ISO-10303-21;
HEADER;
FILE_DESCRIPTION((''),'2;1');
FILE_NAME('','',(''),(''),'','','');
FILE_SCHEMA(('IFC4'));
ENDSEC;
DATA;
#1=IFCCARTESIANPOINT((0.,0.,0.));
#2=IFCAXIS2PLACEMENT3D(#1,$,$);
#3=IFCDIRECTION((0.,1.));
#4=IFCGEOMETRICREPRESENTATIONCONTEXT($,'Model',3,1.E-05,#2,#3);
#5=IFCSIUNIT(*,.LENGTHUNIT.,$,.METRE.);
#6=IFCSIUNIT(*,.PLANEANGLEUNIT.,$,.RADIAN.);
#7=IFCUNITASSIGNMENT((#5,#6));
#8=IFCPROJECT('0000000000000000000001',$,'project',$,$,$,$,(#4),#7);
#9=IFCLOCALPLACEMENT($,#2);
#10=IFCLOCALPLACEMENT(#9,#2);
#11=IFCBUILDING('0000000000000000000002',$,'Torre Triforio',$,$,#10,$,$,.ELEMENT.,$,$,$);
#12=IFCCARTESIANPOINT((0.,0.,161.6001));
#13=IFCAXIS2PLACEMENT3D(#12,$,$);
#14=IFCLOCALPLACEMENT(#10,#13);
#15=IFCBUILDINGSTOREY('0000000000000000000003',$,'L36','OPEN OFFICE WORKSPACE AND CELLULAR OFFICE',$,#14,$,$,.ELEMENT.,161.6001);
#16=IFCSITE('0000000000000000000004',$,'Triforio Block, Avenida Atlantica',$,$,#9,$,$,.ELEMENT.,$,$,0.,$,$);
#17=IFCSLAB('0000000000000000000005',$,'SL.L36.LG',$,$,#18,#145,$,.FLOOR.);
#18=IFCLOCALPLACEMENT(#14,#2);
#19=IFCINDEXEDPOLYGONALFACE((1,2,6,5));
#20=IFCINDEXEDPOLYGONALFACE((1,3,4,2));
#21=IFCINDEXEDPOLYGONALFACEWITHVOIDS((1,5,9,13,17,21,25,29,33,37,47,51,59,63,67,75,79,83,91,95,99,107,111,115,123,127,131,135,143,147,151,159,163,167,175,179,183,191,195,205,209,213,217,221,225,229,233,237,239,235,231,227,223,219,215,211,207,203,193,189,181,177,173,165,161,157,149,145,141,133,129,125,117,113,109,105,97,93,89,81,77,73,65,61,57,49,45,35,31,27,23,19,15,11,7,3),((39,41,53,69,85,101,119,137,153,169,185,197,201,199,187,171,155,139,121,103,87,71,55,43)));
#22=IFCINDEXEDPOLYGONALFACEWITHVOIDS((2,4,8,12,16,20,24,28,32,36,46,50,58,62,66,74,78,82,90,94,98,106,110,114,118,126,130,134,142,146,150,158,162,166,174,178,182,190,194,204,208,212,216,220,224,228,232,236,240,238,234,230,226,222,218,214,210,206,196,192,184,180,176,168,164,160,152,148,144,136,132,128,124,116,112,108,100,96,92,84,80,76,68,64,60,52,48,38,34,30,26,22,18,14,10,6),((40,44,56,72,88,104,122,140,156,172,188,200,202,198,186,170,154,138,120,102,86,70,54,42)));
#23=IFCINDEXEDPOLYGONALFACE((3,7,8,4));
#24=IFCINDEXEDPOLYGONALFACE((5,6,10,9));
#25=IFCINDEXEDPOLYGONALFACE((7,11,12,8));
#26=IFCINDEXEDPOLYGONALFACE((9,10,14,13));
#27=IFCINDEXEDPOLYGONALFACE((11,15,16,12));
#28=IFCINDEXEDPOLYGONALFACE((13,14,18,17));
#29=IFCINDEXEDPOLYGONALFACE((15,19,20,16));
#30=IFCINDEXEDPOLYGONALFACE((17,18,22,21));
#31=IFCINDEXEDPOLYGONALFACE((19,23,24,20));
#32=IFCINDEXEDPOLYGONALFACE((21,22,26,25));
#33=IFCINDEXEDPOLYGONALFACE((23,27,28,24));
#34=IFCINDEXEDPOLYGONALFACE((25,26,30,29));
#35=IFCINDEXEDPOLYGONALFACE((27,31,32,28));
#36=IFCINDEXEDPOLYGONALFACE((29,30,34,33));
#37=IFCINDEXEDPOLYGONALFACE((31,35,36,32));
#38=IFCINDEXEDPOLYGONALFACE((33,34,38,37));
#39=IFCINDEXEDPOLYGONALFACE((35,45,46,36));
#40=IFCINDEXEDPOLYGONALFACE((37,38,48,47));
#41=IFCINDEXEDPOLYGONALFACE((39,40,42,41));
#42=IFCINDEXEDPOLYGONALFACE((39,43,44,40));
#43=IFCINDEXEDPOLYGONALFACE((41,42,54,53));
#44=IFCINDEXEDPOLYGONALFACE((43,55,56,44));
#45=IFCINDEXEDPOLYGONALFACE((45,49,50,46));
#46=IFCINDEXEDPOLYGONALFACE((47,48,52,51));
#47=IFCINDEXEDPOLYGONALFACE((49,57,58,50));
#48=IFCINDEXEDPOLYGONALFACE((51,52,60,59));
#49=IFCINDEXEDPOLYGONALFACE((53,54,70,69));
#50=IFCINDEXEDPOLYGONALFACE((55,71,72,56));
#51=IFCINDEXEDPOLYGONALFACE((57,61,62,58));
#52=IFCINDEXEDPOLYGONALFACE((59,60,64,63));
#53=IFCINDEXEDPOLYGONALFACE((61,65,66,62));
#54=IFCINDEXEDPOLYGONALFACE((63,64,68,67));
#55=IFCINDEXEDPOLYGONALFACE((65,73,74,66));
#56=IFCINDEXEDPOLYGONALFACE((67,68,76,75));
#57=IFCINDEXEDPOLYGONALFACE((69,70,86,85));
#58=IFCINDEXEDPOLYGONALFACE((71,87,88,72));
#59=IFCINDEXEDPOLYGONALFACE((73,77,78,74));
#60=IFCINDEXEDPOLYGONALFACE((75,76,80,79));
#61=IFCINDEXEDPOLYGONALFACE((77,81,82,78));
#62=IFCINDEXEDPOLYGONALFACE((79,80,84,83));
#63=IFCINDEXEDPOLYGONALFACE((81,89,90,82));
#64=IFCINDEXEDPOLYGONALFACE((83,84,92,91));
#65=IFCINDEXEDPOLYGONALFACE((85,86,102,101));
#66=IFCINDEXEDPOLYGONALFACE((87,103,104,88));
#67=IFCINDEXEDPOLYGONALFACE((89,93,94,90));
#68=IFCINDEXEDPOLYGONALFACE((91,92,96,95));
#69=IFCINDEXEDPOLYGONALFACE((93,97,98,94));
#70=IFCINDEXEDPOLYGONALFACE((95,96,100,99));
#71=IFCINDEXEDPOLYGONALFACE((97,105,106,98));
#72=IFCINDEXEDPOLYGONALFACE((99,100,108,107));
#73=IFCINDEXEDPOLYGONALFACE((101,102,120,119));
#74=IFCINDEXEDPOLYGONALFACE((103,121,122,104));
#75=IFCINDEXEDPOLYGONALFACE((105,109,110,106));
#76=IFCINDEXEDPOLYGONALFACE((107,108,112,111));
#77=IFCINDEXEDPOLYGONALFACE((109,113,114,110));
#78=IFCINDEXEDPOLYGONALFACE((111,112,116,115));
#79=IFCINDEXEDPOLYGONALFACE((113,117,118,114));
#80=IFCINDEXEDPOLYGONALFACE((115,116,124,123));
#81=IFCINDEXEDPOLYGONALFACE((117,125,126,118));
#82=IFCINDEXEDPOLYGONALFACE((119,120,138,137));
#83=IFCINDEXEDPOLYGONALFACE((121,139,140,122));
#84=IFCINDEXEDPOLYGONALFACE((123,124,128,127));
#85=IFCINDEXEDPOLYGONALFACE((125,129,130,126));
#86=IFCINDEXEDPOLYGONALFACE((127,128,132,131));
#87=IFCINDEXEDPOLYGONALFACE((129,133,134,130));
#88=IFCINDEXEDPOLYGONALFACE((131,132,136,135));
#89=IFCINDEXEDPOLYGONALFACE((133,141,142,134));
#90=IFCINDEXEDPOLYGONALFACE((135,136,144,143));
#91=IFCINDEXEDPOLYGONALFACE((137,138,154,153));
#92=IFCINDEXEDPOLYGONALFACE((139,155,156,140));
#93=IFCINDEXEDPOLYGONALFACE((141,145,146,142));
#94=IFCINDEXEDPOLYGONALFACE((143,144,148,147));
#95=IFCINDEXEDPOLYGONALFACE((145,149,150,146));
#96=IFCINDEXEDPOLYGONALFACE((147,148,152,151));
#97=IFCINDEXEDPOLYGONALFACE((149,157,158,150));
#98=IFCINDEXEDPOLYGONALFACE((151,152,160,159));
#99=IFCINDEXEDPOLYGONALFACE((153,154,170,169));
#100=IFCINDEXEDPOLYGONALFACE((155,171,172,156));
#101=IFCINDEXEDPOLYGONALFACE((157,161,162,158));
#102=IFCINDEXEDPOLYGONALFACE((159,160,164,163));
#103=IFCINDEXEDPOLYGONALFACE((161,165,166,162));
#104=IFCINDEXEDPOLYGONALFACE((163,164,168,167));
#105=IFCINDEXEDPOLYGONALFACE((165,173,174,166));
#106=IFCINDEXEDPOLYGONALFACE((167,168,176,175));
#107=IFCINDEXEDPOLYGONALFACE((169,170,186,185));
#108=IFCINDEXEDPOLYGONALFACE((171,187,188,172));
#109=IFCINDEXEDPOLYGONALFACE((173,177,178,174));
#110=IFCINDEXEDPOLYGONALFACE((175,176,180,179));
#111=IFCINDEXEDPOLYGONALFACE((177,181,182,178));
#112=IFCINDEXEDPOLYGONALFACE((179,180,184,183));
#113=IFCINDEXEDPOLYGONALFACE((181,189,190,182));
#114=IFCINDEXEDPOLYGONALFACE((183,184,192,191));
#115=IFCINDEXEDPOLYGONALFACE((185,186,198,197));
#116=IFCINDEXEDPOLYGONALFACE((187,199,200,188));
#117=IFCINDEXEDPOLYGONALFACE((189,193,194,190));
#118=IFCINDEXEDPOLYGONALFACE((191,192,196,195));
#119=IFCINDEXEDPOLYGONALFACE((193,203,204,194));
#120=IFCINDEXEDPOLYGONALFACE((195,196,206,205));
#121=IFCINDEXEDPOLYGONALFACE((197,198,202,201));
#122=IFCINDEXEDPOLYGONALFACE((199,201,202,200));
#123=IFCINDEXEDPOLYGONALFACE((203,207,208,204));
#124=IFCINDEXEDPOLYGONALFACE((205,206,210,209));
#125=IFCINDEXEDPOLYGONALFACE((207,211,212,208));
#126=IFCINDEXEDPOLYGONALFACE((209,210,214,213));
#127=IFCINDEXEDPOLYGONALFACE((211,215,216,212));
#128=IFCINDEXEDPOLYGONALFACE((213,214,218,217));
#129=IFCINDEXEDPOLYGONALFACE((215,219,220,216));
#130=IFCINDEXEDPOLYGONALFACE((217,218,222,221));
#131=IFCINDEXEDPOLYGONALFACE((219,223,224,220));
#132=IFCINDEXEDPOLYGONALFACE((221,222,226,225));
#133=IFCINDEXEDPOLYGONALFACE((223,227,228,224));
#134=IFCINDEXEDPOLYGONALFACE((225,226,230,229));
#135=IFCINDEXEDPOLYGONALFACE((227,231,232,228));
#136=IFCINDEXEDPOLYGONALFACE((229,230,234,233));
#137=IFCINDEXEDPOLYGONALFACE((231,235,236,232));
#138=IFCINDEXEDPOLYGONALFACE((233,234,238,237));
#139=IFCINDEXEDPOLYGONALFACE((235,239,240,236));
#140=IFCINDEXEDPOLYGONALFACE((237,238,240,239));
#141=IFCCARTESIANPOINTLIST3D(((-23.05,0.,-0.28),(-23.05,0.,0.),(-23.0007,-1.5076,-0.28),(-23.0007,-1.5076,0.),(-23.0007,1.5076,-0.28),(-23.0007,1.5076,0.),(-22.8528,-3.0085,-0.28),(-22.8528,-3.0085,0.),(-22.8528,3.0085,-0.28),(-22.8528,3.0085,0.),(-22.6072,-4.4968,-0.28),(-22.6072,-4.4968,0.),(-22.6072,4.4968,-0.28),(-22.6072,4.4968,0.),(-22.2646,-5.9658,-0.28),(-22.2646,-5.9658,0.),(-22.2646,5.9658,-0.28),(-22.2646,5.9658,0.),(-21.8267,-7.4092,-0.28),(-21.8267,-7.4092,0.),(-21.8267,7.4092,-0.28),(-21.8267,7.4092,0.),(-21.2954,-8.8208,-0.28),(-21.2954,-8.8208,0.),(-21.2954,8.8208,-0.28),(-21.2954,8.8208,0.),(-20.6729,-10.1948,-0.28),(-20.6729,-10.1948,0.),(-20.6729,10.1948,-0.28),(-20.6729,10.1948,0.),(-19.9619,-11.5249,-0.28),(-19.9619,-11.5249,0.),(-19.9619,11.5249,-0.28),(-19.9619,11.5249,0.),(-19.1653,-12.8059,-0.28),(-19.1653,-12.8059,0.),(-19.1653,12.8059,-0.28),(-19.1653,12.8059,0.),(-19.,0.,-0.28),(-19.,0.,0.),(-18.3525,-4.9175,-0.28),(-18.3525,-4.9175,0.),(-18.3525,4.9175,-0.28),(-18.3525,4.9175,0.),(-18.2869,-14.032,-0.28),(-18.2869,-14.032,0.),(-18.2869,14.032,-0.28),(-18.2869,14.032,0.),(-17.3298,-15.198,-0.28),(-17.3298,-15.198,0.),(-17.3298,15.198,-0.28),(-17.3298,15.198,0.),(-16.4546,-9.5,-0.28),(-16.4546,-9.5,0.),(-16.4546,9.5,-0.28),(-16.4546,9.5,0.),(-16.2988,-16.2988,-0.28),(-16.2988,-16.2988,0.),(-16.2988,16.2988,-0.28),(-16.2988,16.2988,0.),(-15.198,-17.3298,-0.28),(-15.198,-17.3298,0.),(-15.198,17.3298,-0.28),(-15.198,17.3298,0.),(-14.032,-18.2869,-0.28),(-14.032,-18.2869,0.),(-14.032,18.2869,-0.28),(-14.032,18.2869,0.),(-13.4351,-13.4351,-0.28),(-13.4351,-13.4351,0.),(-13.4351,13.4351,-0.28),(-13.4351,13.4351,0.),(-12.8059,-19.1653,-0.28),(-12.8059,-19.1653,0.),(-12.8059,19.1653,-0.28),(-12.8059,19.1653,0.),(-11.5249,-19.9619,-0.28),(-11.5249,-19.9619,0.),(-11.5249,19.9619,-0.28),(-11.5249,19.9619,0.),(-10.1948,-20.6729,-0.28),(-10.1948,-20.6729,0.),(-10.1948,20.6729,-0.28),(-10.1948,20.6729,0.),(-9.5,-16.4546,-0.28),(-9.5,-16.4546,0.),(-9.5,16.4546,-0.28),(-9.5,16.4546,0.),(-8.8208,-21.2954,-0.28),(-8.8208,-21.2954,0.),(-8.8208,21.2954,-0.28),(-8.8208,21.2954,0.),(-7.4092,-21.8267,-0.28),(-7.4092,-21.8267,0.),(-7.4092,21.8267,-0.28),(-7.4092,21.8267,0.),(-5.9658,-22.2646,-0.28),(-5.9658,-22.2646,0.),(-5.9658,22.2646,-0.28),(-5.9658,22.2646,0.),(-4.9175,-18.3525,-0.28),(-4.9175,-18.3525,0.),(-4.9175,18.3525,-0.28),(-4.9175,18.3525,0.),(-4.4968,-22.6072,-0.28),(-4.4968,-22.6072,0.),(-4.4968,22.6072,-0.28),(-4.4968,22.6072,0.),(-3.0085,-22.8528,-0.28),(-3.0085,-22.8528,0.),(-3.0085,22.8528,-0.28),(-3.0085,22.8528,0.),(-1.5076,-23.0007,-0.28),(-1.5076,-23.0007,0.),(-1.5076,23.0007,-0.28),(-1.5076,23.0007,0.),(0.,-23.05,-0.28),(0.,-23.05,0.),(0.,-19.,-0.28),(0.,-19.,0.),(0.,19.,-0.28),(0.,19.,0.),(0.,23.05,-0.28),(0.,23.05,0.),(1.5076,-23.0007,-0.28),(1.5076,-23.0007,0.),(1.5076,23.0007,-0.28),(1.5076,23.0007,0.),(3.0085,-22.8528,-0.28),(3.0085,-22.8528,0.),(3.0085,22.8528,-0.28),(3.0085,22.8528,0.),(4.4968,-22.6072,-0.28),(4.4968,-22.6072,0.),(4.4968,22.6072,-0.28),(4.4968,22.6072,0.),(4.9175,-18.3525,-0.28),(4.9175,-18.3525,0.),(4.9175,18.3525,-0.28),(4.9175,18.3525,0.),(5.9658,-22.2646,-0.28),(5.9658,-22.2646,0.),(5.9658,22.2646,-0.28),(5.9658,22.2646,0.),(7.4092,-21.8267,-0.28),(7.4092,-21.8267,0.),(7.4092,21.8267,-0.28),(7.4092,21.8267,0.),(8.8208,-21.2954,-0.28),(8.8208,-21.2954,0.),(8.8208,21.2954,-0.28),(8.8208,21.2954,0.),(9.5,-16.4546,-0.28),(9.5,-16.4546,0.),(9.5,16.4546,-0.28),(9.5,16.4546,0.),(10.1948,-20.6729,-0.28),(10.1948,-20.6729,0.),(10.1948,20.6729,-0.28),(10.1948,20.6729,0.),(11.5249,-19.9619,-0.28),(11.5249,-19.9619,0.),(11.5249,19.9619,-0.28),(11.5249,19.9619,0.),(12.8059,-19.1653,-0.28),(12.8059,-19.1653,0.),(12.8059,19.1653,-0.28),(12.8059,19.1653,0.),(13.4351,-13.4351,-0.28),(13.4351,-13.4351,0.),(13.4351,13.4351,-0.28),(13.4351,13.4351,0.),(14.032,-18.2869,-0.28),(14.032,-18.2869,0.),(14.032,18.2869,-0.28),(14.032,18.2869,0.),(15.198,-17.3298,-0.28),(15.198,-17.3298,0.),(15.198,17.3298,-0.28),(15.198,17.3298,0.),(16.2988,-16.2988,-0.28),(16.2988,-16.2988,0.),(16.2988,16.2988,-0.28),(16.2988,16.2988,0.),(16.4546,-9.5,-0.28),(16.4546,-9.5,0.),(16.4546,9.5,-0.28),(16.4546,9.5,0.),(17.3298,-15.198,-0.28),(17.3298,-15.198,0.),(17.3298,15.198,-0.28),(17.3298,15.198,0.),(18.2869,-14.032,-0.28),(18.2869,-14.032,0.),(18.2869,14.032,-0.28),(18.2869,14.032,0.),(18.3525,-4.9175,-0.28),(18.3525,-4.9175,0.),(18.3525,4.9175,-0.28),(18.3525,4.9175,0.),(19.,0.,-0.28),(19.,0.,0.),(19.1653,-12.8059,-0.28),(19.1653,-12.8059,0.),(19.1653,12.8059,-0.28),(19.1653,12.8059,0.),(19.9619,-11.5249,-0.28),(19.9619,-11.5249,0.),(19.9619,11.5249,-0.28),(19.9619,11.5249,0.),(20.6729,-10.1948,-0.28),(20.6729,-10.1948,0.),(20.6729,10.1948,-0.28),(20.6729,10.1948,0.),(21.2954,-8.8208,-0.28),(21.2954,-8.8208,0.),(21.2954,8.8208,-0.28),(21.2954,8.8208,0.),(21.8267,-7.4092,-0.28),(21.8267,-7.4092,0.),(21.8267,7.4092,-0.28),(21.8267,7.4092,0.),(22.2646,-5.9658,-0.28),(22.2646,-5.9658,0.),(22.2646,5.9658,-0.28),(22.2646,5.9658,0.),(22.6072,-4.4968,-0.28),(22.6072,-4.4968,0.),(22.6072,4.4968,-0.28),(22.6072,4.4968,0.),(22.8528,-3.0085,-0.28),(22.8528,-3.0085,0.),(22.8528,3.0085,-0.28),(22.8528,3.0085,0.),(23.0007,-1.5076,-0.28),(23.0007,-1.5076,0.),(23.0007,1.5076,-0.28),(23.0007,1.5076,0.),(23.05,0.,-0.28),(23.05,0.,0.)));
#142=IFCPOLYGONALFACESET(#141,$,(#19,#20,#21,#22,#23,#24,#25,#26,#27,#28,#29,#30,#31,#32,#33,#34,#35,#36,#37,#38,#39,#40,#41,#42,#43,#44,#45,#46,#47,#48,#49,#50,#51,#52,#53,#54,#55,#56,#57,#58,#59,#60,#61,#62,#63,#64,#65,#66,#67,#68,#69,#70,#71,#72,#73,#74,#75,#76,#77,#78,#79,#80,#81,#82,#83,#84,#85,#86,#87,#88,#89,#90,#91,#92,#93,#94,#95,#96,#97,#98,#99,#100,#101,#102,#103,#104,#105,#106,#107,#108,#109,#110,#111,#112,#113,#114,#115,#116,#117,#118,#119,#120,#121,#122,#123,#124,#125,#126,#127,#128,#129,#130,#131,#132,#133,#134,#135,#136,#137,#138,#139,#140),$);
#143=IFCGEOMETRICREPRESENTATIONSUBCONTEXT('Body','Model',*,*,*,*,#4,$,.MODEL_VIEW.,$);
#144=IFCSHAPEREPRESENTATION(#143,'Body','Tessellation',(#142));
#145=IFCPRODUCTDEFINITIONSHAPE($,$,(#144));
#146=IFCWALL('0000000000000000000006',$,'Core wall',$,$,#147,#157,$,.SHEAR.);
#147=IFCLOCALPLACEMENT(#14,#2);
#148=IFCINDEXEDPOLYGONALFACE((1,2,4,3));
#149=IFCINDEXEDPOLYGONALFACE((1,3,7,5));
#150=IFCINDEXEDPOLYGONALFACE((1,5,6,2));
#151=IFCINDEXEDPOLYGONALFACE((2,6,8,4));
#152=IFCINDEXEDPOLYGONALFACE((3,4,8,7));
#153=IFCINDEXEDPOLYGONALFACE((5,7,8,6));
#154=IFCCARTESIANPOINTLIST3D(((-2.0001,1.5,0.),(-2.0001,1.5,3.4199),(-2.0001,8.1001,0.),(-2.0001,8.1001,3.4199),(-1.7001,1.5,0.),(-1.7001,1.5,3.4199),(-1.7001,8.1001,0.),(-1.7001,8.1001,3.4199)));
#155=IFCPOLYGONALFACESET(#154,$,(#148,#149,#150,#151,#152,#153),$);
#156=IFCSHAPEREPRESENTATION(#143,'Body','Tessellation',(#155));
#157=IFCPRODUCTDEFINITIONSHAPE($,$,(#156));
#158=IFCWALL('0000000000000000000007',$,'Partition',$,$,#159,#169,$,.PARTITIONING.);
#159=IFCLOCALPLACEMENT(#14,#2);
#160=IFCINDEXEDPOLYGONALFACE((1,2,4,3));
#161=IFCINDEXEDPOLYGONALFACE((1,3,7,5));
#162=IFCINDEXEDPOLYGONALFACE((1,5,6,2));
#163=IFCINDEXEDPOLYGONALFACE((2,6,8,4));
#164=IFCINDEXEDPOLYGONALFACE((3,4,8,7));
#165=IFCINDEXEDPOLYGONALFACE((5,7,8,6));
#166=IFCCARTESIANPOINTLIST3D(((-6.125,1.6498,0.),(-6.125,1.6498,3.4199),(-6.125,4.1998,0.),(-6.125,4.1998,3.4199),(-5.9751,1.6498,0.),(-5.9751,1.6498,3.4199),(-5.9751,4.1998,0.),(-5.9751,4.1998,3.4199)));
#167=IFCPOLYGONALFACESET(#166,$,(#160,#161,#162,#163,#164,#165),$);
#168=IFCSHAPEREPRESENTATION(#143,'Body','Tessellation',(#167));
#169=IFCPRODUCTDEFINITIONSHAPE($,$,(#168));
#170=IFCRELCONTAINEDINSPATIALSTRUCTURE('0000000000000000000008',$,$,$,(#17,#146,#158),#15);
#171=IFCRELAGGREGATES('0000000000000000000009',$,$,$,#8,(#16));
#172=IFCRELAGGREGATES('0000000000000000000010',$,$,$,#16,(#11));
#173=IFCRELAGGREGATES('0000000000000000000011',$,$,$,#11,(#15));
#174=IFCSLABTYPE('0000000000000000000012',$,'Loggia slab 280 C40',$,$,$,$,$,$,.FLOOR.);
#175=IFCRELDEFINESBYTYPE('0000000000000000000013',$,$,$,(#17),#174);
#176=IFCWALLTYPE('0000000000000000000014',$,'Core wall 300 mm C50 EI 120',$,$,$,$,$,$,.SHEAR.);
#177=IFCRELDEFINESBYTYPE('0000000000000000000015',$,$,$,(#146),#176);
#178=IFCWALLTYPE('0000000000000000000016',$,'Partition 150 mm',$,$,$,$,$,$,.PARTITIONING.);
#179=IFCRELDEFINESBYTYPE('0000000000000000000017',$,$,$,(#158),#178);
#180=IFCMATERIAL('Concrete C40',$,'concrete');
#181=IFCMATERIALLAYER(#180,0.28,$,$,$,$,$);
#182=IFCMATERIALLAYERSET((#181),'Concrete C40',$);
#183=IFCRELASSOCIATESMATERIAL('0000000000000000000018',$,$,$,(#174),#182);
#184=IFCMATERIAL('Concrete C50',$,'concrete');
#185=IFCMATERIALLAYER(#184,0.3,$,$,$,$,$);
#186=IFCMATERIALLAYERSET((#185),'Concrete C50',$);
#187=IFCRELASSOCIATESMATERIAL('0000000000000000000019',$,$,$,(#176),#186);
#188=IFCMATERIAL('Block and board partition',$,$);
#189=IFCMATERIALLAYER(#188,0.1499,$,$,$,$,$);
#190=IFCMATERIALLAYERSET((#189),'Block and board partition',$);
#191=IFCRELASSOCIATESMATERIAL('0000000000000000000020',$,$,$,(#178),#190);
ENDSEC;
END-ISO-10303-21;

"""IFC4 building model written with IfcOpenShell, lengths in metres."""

from ifc_helpers import new_model, si_unit, direction, frame, frame_2d, origin, place, context, subcontext, project, spatial, polyline, rectangle, outline, extrude, material, layer, layer_set, type_object, element, save


model = new_model("IFC4")

# Units and contexts
model_context = context("Model", 3, precision=1e-05, world=origin(), true_north=direction((0.0, 1.0)))
body_context = subcontext(model_context, "Body", "Model", "MODEL_VIEW")
ifc_project = project(units=[si_unit("LENGTHUNIT", "METRE"), si_unit("PLANEANGLEUNIT", "RADIAN")], contexts=[model_context])

# Site, building, storey
site_placement = place(None, origin())
site = spatial("IfcSite", under=ifc_project, at=site_placement, Name="Triforio Block, Avenida Atlantica", CompositionType="ELEMENT", RefElevation=0.0)
building_placement = place(site_placement, origin())
building = spatial("IfcBuilding", under=site, at=building_placement, Name="Torre Triforio", CompositionType="ELEMENT")
storey_placement = place(building_placement, frame((0.0, 0.0, 161.6001)))
storey = spatial("IfcBuildingStorey", under=building, at=storey_placement, Name="L36", Description="OPEN OFFICE WORKSPACE AND CELLULAR OFFICE", CompositionType="ELEMENT", Elevation=161.6001)

# Shared definitions
ifc_material_1 = material(Name="Concrete C40", Category="concrete")

# Slab
ifc_layer_1 = layer(ifc_material_1, 0.28)
ifc_layer_set_1 = layer_set([ifc_layer_1], Name="Concrete C40")
slab_type_1 = type_object("IfcSlabType", Name="Loggia slab 280 C40", PredefinedType="FLOOR", material=ifc_layer_set_1)
slab_1_placement = place(storey_placement, frame((0.0, 0.0, -0.28)))
element("IfcSlab", 1, at=slab_1_placement, inside=storey, type_object=slab_type_1, Name="SL.L36.LG", PredefinedType="FLOOR", context=body_context, shape_type="SweptSolid", body=[
    extrude(outline(polyline([(23.0007, -1.5076), (23.05, 0.0), (23.0007, 1.5076), (22.8528, 3.0085), (22.6072, 4.4968), (22.2646, 5.9658), (21.8267, 7.4092), (21.2954, 8.8208), (20.6729, 10.1948), (19.9619, 11.5249), (19.1653, 12.8059), (18.2869, 14.032), (17.3298, 15.198), (16.2988, 16.2988), (15.198, 17.3298), (14.032, 18.2869), (12.8059, 19.1653), (11.5249, 19.9619), (10.1948, 20.6729), (8.8208, 21.2954), (7.4092, 21.8267), (5.9658, 22.2646), (4.4968, 22.6072), (3.0085, 22.8528), (1.5076, 23.0007), (0.0, 23.05), (-1.5076, 23.0007), (-3.0085, 22.8528), (-4.4968, 22.6072), (-5.9658, 22.2646), (-7.4092, 21.8267), (-8.8208, 21.2954), (-10.1948, 20.6729), (-11.5249, 19.9619), (-12.8059, 19.1653), (-14.032, 18.2869), (-15.198, 17.3298), (-16.2988, 16.2988), (-17.3298, 15.198), (-18.2869, 14.032), (-19.1653, 12.8059), (-19.9619, 11.5249), (-20.6729, 10.1948), (-21.2954, 8.8208), (-21.8267, 7.4092), (-22.2646, 5.9658), (-22.6072, 4.4968), (-22.8528, 3.0085), (-23.0007, 1.5076), (-23.05, 0.0), (-23.0007, -1.5076), (-22.8528, -3.0085), (-22.6072, -4.4968), (-22.2646, -5.9658), (-21.8267, -7.4092), (-21.2954, -8.8208), (-20.6729, -10.1948), (-19.9619, -11.5249), (-19.1653, -12.8059), (-18.2869, -14.032), (-17.3298, -15.198), (-16.2988, -16.2988), (-15.198, -17.3298), (-14.032, -18.2869), (-12.8059, -19.1653), (-11.5249, -19.9619), (-10.1948, -20.6729), (-8.8208, -21.2954), (-7.4092, -21.8267), (-5.9658, -22.2646), (-4.4968, -22.6072), (-3.0085, -22.8528), (-1.5076, -23.0007), (0.0, -23.05), (1.5076, -23.0007), (3.0085, -22.8528), (4.4968, -22.6072), (5.9658, -22.2646), (7.4092, -21.8267), (8.8208, -21.2954), (10.1948, -20.6729), (11.5249, -19.9619), (12.8059, -19.1653), (14.032, -18.2869), (15.198, -17.3298), (16.2988, -16.2988), (17.3298, -15.198), (18.2869, -14.032), (19.1653, -12.8059), (19.9619, -11.5249), (20.6729, -10.1948), (21.2954, -8.8208), (21.8267, -7.4092), (22.2646, -5.9658), (22.6072, -4.4968), (22.8528, -3.0085), (23.0007, -1.5076)]), holes=[polyline([(18.3525, 4.9175), (19.0, 0.0), (18.3525, -4.9175), (16.4546, -9.5), (13.4351, -13.4351), (9.5, -16.4546), (4.9175, -18.3525), (0.0, -19.0), (-4.9175, -18.3525), (-9.5, -16.4546), (-13.4351, -13.4351), (-16.4546, -9.5), (-18.3525, -4.9175), (-19.0, 0.0), (-18.3525, 4.9175), (-16.4546, 9.5), (-13.4351, 13.4351), (-9.5, 16.4546), (-4.9175, 18.3525), (0.0, 19.0), (4.9175, 18.3525), (9.5, 16.4546), (13.4351, 13.4351), (16.4546, 9.5), (18.3525, 4.9175)])]), origin(), (0.0, 0.0, 1.0), 0.28),
])

# Walls
ifc_material_2 = material(Name="Concrete C50", Category="concrete")
ifc_layer_2 = layer(ifc_material_2, 0.3)
ifc_layer_set_2 = layer_set([ifc_layer_2], Name="Concrete C50")
wall_type_1 = type_object("IfcWallType", Name="Core wall 300 mm C50 EI 120", PredefinedType="SHEAR", material=ifc_layer_set_2)
wall_1_placement = place(storey_placement, frame((-1.8501, 1.5, 0.0), z_axis=(0.0, 0.0, 1.0), x_axis=(0.0, 1.0, 0.0)))
element("IfcWall", 2, at=wall_1_placement, inside=storey, type_object=wall_type_1, Name="Core wall", PredefinedType="SHEAR", context=body_context, shape_type="SweptSolid", body=[
    extrude(rectangle(XDim=6.6001, YDim=0.3, at=frame_2d((3.3, 0.0))), origin(), (0.0, 0.0, 1.0), 3.4199),
])
ifc_material_3 = material(Name="Block and board partition")
ifc_layer_3 = layer(ifc_material_3, 0.1499)
ifc_layer_set_3 = layer_set([ifc_layer_3], Name="Block and board partition")
wall_type_2 = type_object("IfcWallType", Name="Partition 150 mm", PredefinedType="PARTITIONING", material=ifc_layer_set_3)
wall_2_placement = place(storey_placement, frame((-6.05, 1.6499, 0.0), z_axis=(0.0, 0.0, 1.0), x_axis=(0.0, 1.0, 0.0)))
element("IfcWall", 3, at=wall_2_placement, inside=storey, type_object=wall_type_2, Name="Partition", PredefinedType="PARTITIONING", context=body_context, shape_type="SweptSolid", body=[
    extrude(rectangle(XDim=2.55, YDim=0.1499, at=frame_2d((1.2749, 0.0))), origin(), (0.0, 0.0, 1.0), 3.4199),
])

save(model, "model.ifc")
